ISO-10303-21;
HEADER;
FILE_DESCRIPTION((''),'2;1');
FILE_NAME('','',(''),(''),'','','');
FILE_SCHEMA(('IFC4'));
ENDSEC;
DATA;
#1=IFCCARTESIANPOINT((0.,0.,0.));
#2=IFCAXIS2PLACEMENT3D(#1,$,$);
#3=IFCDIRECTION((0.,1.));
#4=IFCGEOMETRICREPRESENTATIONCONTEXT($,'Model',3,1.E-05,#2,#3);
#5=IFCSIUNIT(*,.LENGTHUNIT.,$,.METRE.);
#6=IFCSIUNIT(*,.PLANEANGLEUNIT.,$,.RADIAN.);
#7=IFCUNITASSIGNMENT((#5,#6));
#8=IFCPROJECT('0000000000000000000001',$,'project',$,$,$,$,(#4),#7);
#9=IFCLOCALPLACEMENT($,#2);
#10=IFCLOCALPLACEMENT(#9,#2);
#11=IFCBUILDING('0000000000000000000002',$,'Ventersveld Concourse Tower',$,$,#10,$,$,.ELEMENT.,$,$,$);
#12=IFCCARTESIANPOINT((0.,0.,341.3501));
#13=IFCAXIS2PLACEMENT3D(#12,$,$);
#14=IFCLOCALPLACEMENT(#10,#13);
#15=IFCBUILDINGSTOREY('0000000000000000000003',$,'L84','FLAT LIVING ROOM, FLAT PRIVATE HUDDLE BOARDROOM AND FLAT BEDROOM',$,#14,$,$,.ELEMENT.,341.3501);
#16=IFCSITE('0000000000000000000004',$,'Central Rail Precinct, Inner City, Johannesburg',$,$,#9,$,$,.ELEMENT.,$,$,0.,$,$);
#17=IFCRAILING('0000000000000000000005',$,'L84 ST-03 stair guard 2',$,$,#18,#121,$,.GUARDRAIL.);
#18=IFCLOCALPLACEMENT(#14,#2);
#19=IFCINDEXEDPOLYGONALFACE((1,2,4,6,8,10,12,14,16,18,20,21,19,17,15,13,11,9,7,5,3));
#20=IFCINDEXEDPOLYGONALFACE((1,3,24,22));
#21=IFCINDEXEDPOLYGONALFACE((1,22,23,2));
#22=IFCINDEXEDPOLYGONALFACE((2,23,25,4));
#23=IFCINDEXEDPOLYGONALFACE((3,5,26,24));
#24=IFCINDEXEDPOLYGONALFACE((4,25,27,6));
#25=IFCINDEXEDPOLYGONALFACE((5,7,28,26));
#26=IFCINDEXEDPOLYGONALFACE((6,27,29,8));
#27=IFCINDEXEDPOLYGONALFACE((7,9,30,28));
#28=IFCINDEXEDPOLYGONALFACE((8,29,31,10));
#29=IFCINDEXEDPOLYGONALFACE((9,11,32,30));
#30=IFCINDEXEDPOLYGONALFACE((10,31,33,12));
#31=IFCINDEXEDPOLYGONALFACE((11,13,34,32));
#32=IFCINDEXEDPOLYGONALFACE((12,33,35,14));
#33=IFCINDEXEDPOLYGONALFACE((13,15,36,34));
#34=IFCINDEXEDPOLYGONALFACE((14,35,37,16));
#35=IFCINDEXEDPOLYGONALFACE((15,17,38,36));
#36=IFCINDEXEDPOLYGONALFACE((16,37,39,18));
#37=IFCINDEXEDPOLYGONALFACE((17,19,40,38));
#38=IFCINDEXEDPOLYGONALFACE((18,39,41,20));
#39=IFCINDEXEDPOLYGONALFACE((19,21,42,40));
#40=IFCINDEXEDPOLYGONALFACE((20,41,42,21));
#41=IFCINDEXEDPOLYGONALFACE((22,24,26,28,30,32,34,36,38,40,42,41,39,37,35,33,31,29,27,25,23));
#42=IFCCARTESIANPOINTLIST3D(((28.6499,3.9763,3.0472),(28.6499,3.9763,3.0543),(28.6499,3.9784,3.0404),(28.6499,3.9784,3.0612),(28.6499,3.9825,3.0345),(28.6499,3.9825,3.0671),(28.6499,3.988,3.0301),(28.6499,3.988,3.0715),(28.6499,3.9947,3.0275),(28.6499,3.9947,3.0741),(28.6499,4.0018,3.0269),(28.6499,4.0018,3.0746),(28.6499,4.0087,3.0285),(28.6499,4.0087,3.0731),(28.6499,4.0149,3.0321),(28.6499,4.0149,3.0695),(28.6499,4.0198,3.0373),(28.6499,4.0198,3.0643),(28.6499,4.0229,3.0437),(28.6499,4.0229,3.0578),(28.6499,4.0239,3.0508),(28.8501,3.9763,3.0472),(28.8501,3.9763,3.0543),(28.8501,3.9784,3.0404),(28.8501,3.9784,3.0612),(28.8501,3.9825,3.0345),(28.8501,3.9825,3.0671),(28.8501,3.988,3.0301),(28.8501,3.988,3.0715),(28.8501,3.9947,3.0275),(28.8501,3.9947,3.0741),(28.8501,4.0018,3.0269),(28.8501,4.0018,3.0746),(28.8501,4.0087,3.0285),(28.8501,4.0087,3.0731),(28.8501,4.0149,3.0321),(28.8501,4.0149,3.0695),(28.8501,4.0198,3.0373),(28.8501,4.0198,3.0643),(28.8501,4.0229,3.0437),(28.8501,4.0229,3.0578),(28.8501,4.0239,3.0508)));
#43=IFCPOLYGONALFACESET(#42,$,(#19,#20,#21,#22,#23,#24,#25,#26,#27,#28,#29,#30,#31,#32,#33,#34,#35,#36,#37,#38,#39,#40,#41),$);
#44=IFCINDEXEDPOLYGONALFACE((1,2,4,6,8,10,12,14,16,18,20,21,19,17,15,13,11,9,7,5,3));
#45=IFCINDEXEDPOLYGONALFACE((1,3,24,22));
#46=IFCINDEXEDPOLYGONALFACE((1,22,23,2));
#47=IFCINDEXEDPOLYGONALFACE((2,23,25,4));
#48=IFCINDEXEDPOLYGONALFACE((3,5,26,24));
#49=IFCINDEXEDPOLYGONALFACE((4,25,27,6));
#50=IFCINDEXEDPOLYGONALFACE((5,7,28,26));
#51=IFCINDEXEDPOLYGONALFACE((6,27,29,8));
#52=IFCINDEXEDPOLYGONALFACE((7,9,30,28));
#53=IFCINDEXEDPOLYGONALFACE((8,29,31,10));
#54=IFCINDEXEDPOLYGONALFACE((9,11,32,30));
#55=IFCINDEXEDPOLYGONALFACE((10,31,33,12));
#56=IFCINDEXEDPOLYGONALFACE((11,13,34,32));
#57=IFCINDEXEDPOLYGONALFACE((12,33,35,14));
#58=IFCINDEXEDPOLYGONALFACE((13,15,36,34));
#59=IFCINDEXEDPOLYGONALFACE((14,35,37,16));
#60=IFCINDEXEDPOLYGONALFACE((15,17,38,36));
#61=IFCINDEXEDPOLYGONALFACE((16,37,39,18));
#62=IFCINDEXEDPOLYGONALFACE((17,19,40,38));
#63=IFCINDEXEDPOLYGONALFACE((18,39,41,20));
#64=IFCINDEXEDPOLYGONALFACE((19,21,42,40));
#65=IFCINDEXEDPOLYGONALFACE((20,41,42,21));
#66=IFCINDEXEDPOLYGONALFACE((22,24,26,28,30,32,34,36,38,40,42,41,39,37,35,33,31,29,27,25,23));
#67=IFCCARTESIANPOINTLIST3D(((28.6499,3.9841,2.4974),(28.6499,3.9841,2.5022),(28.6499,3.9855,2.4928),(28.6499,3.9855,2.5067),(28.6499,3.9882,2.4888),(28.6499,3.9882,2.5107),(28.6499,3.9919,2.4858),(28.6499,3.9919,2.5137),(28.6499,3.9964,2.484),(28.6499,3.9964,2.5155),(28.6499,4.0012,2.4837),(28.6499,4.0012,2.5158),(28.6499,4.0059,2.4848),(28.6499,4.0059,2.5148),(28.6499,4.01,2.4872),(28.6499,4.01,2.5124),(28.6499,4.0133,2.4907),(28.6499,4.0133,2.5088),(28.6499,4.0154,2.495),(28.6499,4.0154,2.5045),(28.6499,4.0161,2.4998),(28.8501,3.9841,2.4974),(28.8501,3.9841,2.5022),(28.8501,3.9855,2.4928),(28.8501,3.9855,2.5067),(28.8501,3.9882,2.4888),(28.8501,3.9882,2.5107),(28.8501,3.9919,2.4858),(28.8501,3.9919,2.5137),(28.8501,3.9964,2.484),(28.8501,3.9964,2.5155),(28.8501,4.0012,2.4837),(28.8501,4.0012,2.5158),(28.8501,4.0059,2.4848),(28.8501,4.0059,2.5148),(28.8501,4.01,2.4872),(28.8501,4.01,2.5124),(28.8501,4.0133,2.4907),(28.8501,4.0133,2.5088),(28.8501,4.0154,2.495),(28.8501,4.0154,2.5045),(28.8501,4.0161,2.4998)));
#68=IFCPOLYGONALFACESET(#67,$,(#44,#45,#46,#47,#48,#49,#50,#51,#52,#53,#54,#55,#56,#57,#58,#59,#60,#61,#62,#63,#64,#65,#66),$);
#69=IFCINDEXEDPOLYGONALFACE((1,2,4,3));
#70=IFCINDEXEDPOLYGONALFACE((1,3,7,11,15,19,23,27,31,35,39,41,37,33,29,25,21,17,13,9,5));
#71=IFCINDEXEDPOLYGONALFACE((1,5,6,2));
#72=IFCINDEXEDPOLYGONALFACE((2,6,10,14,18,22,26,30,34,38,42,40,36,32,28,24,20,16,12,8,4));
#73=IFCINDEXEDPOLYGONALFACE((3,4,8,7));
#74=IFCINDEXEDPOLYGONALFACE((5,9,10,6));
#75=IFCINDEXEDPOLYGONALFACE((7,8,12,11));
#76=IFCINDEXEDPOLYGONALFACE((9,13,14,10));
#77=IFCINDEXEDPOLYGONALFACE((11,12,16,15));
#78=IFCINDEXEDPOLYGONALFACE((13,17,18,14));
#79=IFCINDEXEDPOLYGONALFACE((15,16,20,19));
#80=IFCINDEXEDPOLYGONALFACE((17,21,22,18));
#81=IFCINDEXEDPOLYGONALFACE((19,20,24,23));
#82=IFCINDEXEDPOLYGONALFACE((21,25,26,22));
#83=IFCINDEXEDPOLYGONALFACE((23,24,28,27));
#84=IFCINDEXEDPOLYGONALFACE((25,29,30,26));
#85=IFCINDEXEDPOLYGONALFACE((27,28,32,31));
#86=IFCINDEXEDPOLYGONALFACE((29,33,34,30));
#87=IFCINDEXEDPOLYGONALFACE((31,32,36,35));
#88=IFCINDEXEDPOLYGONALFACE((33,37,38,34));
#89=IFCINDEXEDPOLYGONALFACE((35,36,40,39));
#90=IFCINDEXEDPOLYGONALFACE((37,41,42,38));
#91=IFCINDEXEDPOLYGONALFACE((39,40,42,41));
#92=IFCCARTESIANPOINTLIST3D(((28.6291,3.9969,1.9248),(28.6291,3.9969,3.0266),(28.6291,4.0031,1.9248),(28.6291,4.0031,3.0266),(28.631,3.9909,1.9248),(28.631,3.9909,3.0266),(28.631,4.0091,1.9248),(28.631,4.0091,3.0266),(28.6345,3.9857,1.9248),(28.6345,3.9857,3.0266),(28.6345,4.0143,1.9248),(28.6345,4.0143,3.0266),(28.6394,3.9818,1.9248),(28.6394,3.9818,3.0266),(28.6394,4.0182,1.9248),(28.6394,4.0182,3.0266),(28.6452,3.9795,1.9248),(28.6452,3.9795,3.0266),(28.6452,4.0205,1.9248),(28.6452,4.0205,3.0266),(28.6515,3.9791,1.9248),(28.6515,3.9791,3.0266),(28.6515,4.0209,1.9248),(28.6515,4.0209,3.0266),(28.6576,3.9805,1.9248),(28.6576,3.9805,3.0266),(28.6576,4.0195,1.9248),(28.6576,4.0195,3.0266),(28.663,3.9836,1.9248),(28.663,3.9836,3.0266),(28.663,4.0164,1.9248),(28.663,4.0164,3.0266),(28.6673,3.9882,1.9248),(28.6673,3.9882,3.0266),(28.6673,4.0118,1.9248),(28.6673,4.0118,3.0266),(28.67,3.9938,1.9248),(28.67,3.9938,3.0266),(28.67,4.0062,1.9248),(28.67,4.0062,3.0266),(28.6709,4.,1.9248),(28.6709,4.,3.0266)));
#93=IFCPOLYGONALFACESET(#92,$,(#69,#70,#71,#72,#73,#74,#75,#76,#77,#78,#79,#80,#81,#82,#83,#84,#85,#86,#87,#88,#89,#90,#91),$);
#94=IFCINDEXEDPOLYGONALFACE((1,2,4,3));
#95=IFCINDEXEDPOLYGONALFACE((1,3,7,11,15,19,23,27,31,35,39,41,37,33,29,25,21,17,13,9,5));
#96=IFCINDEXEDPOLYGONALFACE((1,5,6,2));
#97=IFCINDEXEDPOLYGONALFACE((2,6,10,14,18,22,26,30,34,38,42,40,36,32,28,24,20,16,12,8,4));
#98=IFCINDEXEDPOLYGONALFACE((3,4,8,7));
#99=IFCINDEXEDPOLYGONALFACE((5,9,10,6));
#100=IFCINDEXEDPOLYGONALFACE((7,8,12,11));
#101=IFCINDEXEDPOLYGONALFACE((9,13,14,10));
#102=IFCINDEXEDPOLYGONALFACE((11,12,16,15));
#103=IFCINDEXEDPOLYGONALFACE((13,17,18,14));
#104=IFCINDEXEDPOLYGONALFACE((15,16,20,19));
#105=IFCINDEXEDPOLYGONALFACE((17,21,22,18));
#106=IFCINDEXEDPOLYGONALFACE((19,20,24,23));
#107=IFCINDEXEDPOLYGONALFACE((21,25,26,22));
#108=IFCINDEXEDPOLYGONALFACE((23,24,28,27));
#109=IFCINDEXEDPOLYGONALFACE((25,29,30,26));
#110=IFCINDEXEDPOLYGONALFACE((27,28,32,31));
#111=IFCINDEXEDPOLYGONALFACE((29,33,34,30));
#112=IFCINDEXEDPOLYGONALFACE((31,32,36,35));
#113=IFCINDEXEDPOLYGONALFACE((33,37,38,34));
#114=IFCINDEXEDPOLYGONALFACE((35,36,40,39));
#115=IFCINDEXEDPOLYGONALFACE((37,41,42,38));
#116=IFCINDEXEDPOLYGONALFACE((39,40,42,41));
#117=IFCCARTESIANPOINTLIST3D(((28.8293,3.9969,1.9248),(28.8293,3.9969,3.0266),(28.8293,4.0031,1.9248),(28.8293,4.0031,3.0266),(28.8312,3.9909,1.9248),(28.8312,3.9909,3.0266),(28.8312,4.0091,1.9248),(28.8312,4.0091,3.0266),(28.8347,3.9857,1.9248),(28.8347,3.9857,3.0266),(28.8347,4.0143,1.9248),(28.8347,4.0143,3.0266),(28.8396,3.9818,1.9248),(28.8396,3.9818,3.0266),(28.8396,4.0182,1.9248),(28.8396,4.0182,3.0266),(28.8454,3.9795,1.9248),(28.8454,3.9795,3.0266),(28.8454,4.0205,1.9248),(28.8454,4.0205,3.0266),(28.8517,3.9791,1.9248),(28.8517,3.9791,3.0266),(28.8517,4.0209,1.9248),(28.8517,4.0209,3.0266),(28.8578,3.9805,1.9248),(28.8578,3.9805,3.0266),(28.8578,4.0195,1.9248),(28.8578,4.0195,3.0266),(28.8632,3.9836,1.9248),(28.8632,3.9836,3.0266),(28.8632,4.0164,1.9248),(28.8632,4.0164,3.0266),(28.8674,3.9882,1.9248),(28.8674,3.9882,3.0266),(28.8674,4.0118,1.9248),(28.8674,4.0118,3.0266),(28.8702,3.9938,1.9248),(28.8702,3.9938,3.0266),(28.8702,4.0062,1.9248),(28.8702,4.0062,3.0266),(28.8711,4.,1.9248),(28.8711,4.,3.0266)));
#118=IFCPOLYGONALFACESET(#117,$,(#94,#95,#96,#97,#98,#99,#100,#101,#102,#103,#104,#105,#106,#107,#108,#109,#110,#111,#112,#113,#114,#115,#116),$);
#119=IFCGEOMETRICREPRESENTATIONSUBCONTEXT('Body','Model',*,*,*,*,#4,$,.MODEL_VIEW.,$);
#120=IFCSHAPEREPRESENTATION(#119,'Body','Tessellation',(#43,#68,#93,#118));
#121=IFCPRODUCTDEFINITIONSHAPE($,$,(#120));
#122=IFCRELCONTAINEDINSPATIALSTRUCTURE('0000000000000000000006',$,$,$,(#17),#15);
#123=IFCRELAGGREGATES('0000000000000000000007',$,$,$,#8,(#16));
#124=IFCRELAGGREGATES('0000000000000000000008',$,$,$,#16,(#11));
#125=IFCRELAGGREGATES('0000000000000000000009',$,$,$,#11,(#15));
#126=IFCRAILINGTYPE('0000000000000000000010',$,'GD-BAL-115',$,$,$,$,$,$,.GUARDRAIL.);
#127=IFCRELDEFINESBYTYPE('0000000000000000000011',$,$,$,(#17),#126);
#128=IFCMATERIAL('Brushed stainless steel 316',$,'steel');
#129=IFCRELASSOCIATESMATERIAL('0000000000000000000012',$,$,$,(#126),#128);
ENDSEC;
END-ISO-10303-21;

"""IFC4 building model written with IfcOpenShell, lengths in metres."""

from ifc_helpers import new_model, si_unit, direction, frame, origin, origin_2d, place, context, subcontext, project, spatial, circle, extrude, material, type_object, element, save


model = new_model("IFC4")

# Units and contexts
model_context = context("Model", 3, precision=1e-05, world=origin(), true_north=direction((0.0, 1.0)))
body_context = subcontext(model_context, "Body", "Model", "MODEL_VIEW")
ifc_project = project(units=[si_unit("LENGTHUNIT", "METRE"), si_unit("PLANEANGLEUNIT", "RADIAN")], contexts=[model_context])

# Site, building, storey
site_placement = place(None, origin())
site = spatial("IfcSite", under=ifc_project, at=site_placement, Name="Central Rail Precinct, Inner City, Johannesburg", CompositionType="ELEMENT", RefElevation=0.0)
building_placement = place(site_placement, origin())
building = spatial("IfcBuilding", under=site, at=building_placement, Name="Ventersveld Concourse Tower", CompositionType="ELEMENT")
storey_placement = place(building_placement, frame((0.0, 0.0, 341.3501)))
storey = spatial("IfcBuildingStorey", under=building, at=storey_placement, Name="L84", Description="FLAT LIVING ROOM, FLAT PRIVATE HUDDLE BOARDROOM AND FLAT BEDROOM", CompositionType="ELEMENT", Elevation=341.3501)

# Railing
ifc_material_1 = material(Name="Brushed stainless steel 316", Category="steel")
railing_type_1 = type_object("IfcRailingType", Name="GD-BAL-115", PredefinedType="GUARDRAIL", material=ifc_material_1)
railing_1_placement = place(storey_placement, frame((28.6499, 4.0, 1.9248)))
element("IfcRailing", 1, at=railing_1_placement, inside=storey, type_object=railing_type_1, Name="L84 ST-03 stair guard 2", PredefinedType="GUARDRAIL", context=body_context, shape_type="SweptSolid", body=[
    extrude(circle(Radius=0.0239, at=origin_2d()), frame((0.0, 0.0, 1.126), z_axis=(1.0, 0.0, 0.0), x_axis=(0.0, 1.0, 0.0)), (0.0, 0.0, 1.0), 0.2002),
    extrude(circle(Radius=0.0161, at=origin_2d()), frame((0.0, 0.0, 0.575), z_axis=(1.0, 0.0, 0.0), x_axis=(0.0, 1.0, 0.0)), (0.0, 0.0, 1.0), 0.2002),
    extrude(circle(Radius=0.021, at=origin_2d()), origin(), (0.0, 0.0, 1.0), 1.1018),
    extrude(circle(Radius=0.021, at=origin_2d()), frame((0.2002, 0.0, 0.0)), (0.0, 0.0, 1.0), 1.1018),
])

save(model, "model.ifc")
